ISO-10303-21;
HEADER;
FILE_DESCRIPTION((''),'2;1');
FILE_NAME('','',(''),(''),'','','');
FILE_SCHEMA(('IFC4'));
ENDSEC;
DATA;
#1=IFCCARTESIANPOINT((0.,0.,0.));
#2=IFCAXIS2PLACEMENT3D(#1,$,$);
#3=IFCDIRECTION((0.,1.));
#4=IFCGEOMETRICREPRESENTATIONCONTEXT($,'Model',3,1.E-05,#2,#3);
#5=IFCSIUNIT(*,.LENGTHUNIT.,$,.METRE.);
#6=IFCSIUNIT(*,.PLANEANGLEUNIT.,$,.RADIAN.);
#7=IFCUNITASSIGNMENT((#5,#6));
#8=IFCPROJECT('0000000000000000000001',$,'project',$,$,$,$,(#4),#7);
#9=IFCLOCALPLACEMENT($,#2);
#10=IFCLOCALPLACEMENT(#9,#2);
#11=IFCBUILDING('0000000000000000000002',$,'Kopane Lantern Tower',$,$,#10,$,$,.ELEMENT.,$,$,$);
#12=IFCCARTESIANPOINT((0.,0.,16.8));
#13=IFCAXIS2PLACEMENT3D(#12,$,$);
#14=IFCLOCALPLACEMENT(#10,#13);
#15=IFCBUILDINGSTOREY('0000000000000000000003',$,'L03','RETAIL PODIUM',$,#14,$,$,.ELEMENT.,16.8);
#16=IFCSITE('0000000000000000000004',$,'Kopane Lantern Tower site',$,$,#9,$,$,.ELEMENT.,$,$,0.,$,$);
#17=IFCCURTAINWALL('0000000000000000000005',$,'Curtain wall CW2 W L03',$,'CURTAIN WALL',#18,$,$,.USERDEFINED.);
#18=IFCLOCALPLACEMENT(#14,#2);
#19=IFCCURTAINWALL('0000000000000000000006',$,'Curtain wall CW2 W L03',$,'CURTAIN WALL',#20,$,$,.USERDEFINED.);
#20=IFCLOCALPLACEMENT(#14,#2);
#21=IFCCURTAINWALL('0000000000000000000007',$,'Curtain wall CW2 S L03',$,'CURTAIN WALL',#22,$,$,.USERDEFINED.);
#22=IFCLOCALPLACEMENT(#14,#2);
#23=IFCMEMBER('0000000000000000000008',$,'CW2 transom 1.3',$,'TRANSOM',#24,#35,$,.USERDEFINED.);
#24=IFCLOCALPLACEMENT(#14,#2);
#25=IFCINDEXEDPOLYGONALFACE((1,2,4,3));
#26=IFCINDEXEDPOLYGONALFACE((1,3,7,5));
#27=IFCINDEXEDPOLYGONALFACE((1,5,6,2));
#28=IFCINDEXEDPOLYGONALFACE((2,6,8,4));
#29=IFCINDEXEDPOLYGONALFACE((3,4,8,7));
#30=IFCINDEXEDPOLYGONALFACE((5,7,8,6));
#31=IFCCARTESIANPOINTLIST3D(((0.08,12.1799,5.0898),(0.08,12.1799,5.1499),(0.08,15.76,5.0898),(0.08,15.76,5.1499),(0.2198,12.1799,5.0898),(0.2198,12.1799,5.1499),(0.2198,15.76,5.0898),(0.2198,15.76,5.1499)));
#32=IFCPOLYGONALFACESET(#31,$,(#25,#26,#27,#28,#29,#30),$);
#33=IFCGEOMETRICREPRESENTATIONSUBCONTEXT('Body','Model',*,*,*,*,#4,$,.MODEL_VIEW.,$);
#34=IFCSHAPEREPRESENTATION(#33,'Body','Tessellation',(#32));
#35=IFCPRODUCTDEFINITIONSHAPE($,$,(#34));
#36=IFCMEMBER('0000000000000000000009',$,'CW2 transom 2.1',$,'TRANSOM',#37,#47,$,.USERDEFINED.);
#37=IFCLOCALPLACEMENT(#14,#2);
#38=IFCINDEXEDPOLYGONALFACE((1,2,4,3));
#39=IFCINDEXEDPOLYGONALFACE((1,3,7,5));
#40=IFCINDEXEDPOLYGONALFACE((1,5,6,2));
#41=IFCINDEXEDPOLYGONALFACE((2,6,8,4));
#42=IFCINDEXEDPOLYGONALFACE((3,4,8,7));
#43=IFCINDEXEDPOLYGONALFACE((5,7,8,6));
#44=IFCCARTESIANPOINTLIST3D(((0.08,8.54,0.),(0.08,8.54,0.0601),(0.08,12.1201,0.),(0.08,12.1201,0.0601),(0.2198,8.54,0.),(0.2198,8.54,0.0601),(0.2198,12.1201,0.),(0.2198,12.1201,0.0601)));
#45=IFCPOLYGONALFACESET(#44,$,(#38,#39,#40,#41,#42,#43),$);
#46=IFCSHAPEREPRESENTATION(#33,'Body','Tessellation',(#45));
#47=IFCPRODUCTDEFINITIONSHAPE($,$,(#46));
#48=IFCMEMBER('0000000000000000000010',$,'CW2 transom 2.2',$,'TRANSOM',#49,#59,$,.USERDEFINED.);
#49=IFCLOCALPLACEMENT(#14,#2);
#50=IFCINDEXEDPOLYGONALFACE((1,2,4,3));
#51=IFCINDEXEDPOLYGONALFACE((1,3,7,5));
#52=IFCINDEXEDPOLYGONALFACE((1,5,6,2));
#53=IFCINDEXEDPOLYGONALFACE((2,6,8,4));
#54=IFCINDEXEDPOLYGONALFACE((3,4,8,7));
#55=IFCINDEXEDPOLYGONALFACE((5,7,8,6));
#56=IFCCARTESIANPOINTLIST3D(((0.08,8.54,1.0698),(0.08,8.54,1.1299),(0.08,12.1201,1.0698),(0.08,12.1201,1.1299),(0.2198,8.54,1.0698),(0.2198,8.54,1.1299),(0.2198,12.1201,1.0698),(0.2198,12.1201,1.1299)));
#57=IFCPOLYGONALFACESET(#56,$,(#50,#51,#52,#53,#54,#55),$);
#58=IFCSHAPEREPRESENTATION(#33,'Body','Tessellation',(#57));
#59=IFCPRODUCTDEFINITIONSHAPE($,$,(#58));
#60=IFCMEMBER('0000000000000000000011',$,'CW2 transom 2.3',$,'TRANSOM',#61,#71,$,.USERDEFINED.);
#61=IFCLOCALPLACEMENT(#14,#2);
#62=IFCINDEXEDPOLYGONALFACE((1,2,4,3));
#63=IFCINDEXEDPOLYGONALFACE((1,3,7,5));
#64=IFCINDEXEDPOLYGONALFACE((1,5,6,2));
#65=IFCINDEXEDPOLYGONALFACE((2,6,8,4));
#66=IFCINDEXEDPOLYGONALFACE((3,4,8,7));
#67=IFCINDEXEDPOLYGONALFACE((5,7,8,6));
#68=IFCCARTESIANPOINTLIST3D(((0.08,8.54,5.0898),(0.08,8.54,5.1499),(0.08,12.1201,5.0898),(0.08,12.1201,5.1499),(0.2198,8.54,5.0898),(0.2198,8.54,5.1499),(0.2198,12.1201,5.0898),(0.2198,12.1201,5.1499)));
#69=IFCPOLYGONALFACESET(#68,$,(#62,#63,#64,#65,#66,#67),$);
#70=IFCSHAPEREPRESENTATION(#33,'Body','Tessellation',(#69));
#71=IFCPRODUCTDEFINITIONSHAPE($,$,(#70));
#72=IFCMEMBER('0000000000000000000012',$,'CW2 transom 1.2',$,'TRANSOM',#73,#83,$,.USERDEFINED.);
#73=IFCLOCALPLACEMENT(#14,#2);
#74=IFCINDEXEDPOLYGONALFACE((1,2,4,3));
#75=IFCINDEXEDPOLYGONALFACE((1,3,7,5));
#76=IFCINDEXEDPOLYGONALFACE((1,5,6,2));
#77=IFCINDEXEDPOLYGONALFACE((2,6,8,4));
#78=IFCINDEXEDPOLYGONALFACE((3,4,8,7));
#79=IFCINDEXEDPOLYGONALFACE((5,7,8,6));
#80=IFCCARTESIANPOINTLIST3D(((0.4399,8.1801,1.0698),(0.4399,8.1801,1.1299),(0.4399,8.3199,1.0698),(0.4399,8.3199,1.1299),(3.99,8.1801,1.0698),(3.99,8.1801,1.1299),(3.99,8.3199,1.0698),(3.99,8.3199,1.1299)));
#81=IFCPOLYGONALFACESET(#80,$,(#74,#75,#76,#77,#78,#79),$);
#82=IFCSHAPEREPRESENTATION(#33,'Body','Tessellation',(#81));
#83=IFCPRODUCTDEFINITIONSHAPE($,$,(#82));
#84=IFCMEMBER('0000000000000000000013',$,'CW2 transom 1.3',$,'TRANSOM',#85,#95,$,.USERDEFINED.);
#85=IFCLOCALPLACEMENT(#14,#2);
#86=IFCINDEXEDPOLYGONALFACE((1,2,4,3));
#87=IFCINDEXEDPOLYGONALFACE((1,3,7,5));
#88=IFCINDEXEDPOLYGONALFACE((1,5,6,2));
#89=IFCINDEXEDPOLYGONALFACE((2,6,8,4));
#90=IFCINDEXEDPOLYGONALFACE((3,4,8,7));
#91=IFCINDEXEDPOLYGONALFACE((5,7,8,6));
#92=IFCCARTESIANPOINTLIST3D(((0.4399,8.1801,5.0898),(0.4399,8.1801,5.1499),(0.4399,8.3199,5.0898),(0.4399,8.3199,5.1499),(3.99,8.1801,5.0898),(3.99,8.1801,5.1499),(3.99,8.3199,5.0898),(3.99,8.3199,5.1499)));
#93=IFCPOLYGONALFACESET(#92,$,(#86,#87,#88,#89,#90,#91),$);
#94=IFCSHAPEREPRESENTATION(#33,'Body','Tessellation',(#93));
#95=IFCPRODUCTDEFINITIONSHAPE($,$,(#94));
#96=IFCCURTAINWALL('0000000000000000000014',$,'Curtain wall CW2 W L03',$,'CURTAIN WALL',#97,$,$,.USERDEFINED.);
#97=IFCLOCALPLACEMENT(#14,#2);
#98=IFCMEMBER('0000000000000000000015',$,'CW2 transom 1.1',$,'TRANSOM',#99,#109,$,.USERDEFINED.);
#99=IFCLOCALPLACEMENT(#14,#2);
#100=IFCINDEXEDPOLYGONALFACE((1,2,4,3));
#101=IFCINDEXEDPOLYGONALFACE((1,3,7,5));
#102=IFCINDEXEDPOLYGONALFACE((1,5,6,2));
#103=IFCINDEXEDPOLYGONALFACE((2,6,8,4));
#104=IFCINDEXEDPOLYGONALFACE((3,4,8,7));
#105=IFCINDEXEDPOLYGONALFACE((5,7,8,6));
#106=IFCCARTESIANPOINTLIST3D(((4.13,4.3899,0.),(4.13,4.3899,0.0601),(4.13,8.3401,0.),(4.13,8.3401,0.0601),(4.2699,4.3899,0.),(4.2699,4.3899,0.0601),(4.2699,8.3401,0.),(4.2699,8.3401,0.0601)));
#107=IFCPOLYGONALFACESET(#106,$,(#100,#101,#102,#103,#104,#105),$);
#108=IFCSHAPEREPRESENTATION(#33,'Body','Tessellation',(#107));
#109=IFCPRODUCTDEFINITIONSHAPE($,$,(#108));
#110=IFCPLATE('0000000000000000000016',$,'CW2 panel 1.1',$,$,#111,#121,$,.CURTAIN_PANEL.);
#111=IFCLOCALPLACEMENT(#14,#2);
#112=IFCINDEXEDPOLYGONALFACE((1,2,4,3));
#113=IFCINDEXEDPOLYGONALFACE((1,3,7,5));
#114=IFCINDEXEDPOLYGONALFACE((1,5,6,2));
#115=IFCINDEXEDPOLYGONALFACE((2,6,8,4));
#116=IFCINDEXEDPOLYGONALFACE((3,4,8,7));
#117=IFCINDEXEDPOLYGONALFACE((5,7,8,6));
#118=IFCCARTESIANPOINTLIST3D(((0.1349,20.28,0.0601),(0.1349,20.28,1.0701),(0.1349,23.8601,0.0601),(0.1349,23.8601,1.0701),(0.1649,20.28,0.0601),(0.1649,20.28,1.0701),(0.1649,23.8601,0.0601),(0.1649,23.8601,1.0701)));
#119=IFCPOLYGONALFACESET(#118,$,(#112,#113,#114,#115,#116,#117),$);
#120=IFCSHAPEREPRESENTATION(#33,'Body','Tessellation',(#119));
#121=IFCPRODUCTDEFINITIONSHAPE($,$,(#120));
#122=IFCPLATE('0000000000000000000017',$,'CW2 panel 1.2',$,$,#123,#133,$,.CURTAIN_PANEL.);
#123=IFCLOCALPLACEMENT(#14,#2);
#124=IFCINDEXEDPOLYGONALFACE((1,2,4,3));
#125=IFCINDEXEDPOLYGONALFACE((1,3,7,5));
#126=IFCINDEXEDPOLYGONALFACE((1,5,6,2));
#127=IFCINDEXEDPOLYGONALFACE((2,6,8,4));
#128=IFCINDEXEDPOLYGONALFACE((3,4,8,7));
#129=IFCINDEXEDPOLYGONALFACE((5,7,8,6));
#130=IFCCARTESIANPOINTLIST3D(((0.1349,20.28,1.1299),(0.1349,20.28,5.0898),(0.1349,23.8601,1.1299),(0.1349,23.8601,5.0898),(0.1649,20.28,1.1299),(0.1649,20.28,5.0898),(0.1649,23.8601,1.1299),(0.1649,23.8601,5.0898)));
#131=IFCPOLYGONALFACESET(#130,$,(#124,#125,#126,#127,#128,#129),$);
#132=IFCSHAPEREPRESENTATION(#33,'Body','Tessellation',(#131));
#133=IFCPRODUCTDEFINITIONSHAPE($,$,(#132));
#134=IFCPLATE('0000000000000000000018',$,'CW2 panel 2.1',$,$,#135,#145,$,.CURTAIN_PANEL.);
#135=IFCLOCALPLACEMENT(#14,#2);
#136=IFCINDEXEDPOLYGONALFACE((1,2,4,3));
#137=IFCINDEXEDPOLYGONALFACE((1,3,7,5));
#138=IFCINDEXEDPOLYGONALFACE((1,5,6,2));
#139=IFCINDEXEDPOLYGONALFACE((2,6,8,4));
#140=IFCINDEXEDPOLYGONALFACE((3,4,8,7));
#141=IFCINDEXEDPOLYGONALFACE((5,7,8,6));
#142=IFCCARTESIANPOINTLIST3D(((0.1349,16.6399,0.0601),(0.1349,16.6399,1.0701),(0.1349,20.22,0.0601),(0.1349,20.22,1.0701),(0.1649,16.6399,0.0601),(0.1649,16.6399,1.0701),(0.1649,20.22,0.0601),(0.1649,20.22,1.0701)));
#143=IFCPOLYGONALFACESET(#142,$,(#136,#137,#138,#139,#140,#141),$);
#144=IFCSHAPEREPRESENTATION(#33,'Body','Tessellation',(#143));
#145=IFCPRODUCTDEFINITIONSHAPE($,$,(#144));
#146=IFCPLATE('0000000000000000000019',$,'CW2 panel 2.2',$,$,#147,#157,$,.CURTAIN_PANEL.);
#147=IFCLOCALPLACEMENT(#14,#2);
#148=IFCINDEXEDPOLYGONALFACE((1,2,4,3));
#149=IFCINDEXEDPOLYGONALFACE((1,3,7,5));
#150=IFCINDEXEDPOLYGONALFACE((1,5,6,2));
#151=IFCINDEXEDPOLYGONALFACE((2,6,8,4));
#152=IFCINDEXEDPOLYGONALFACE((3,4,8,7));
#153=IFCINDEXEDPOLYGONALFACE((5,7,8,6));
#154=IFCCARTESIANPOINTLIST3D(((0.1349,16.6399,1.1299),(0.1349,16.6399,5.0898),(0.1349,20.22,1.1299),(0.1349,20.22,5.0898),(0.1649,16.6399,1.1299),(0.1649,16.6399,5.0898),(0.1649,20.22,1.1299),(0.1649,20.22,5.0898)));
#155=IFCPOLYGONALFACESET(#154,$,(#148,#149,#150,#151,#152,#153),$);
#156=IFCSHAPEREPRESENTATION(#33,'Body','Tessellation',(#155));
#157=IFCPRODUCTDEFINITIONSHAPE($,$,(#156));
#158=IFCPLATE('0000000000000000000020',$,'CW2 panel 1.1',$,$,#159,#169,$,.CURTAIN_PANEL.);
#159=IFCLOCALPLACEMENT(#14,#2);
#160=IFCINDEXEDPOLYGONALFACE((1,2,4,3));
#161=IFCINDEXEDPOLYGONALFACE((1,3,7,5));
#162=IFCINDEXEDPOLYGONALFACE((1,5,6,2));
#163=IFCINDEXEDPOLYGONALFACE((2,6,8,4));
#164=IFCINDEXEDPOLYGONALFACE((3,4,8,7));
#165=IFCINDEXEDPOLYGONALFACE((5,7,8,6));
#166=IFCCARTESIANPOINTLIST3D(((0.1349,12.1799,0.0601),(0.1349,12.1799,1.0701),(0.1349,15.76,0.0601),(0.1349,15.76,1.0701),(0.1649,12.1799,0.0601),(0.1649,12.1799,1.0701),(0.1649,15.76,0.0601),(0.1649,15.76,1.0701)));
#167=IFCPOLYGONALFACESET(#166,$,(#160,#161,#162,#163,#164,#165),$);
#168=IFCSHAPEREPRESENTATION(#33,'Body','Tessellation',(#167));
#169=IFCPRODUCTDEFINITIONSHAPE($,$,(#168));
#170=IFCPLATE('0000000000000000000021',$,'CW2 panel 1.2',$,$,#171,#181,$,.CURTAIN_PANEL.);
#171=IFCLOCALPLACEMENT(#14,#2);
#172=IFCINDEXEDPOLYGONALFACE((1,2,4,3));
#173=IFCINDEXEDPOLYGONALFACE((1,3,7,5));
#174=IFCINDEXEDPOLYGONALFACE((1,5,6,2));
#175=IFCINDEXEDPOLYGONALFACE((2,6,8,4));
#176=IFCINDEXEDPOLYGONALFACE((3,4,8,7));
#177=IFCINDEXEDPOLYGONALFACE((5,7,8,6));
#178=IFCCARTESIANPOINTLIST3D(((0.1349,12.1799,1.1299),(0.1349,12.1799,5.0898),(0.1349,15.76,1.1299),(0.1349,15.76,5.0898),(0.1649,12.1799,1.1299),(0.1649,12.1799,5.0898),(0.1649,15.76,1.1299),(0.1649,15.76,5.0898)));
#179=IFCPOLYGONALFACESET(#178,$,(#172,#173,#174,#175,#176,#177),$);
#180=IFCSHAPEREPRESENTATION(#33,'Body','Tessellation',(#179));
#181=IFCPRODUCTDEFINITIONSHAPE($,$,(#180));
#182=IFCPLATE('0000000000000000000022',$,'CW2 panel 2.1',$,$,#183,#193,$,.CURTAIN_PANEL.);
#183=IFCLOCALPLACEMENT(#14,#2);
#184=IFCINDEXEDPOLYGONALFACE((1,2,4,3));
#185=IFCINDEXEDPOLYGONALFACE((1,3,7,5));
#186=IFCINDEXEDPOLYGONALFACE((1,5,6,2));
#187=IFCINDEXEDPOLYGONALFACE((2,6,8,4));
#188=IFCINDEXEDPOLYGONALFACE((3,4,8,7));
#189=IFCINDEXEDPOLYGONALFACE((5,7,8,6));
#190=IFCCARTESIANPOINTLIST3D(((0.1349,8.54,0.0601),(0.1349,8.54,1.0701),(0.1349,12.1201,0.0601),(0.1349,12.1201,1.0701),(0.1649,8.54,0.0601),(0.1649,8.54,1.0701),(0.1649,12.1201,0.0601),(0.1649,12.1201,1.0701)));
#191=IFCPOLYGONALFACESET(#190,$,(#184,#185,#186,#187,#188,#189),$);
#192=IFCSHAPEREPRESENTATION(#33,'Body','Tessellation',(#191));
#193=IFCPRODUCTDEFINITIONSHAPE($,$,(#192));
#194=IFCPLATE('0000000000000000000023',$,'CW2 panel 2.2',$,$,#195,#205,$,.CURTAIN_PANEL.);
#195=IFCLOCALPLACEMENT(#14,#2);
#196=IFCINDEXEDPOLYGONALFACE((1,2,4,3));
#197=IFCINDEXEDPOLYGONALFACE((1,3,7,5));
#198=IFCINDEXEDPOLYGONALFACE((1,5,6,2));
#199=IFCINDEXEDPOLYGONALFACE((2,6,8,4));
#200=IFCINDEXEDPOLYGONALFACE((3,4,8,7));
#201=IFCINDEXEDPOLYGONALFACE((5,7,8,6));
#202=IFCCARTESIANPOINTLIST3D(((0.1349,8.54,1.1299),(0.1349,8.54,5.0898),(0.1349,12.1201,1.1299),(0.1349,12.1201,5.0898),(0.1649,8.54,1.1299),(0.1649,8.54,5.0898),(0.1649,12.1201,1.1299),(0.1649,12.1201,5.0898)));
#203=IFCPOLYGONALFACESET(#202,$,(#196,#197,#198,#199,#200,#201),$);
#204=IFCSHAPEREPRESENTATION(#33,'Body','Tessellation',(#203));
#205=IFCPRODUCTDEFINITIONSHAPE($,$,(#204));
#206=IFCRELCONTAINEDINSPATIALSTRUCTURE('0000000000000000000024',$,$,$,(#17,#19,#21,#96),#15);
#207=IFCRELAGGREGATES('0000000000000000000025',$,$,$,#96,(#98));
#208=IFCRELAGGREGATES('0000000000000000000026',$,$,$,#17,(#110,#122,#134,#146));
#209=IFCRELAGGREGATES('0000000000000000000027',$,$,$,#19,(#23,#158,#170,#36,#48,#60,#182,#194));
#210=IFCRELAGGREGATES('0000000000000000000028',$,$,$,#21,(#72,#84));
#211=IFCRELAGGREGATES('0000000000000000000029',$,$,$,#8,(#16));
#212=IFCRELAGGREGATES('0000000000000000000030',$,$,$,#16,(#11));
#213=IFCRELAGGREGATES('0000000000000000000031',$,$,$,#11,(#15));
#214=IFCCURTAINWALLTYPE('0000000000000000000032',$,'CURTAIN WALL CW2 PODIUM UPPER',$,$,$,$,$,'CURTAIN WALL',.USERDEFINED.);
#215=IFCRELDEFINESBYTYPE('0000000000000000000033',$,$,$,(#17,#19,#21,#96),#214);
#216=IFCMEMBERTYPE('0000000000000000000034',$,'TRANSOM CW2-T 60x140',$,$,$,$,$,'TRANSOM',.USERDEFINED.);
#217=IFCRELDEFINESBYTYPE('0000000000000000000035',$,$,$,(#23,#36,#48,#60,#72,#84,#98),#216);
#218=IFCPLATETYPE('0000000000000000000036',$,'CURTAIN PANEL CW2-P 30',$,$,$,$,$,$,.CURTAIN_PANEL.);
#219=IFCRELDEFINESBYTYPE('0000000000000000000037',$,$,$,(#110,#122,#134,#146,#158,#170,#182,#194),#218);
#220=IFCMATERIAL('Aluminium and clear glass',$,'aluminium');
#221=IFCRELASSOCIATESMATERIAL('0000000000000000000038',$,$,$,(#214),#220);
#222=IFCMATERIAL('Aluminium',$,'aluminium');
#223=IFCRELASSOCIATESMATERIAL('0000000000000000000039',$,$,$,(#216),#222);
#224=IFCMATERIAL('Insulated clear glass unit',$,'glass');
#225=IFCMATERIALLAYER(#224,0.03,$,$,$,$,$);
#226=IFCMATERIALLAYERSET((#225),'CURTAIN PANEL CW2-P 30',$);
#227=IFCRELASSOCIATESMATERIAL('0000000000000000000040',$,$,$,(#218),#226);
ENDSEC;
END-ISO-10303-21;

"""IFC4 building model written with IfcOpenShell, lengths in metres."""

from ifc_helpers import new_model, si_unit, direction, frame, origin, origin_2d, place, context, subcontext, project, spatial, rectangle, extrude, material, layer, layer_set, material_profile, profile_set, type_object, element, aggregate, save


model = new_model("IFC4")

# Units and contexts
model_context = context("Model", 3, precision=1e-05, world=origin(), true_north=direction((0.0, 1.0)))
body_context = subcontext(model_context, "Body", "Model", "MODEL_VIEW")
ifc_project = project(units=[si_unit("LENGTHUNIT", "METRE"), si_unit("PLANEANGLEUNIT", "RADIAN")], contexts=[model_context])

# Site, building, storey
site_placement = place(None, origin())
site = spatial("IfcSite", under=ifc_project, at=site_placement, Name="Kopane Lantern Tower site", CompositionType="ELEMENT", RefElevation=0.0)
building_placement = place(site_placement, origin())
building = spatial("IfcBuilding", under=site, at=building_placement, Name="Kopane Lantern Tower", CompositionType="ELEMENT")
storey_placement = place(building_placement, frame((0.0, 0.0, 16.8)))
storey = spatial("IfcBuildingStorey", under=building, at=storey_placement, Name="L03", Description="RETAIL PODIUM", CompositionType="ELEMENT", Elevation=16.8)

# Curtain walls
ifc_material_1 = material(Name="Aluminium and clear glass", Category="aluminium")
curtain_wall_type = type_object("IfcCurtainWallType", Name="CURTAIN WALL CW2 PODIUM UPPER", ElementType="CURTAIN WALL", PredefinedType="USERDEFINED", material=ifc_material_1)
curtain_wall_1_placement = place(storey_placement, origin())
curtain_wall_1 = element("IfcCurtainWall", 1, at=curtain_wall_1_placement, inside=storey, type_object=curtain_wall_type, Name="Curtain wall CW2 W L03", ObjectType="CURTAIN WALL", PredefinedType="USERDEFINED")
curtain_wall_2_placement = place(storey_placement, origin())
curtain_wall_2 = element("IfcCurtainWall", 2, at=curtain_wall_2_placement, inside=storey, type_object=curtain_wall_type, Name="Curtain wall CW2 W L03", ObjectType="CURTAIN WALL", PredefinedType="USERDEFINED")

# Curtain wall
curtain_wall_3_placement = place(storey_placement, origin())
curtain_wall_3 = element("IfcCurtainWall", 3, at=curtain_wall_3_placement, inside=storey, type_object=curtain_wall_type, Name="Curtain wall CW2 S L03", ObjectType="CURTAIN WALL", PredefinedType="USERDEFINED")

# Members
ifc_material_2 = material(Name="Aluminium", Category="aluminium")
ifc_material_profile_1 = material_profile(ifc_material_2, rectangle(XDim=0.1399, YDim=0.0601, at=origin_2d()), Name="AL 140x60")
ifc_profile_set_1 = profile_set([ifc_material_profile_1], Name="Aluminium")
member_type_1 = type_object("IfcMemberType", Name="TRANSOM CW2-T 60x140", ElementType="TRANSOM", PredefinedType="USERDEFINED", material=ifc_profile_set_1)
member_1_placement = place(storey_placement, frame((0.1499, 15.76, 5.1199), z_axis=(0.0, -1.0, 0.0), x_axis=(1.0, 0.0, 0.0)))
member_1 = element("IfcMember", 4, at=member_1_placement, type_object=member_type_1, Name="CW2 transom 1.3", ObjectType="TRANSOM", PredefinedType="USERDEFINED", context=body_context, shape_type="SweptSolid", body=[
    extrude(rectangle(XDim=0.1399, YDim=0.0601, at=origin_2d()), origin(), (0.0, 0.0, 1.0), 3.5801),
])
member_2_placement = place(storey_placement, frame((0.1499, 12.1201, 0.03), z_axis=(0.0, -1.0, 0.0), x_axis=(1.0, 0.0, 0.0)))
member_2 = element("IfcMember", 5, at=member_2_placement, type_object=member_type_1, Name="CW2 transom 2.1", ObjectType="TRANSOM", PredefinedType="USERDEFINED", context=body_context, shape_type="SweptSolid", body=[
    extrude(rectangle(XDim=0.1399, YDim=0.0601, at=origin_2d()), origin(), (0.0, 0.0, 1.0), 3.5801),
])
member_3_placement = place(storey_placement, frame((0.1499, 12.1201, 1.0999), z_axis=(0.0, -1.0, 0.0), x_axis=(1.0, 0.0, 0.0)))
member_3 = element("IfcMember", 6, at=member_3_placement, type_object=member_type_1, Name="CW2 transom 2.2", ObjectType="TRANSOM", PredefinedType="USERDEFINED", context=body_context, shape_type="SweptSolid", body=[
    extrude(rectangle(XDim=0.1399, YDim=0.0601, at=origin_2d()), origin(), (0.0, 0.0, 1.0), 3.5801),
])
member_4_placement = place(storey_placement, frame((0.1499, 12.1201, 5.1199), z_axis=(0.0, -1.0, 0.0), x_axis=(1.0, 0.0, 0.0)))
member_4 = element("IfcMember", 7, at=member_4_placement, type_object=member_type_1, Name="CW2 transom 2.3", ObjectType="TRANSOM", PredefinedType="USERDEFINED", context=body_context, shape_type="SweptSolid", body=[
    extrude(rectangle(XDim=0.1399, YDim=0.0601, at=origin_2d()), origin(), (0.0, 0.0, 1.0), 3.5801),
])
member_5_placement = place(storey_placement, frame((0.4399, 8.25, 1.0999), z_axis=(1.0, 0.0, 0.0), x_axis=(0.0, 1.0, 0.0)))
member_5 = element("IfcMember", 8, at=member_5_placement, type_object=member_type_1, Name="CW2 transom 1.2", ObjectType="TRANSOM", PredefinedType="USERDEFINED", context=body_context, shape_type="SweptSolid", body=[
    extrude(rectangle(XDim=0.1399, YDim=0.0601, at=origin_2d()), origin(), (0.0, 0.0, 1.0), 3.55),
])
member_6_placement = place(storey_placement, frame((0.4399, 8.25, 5.1199), z_axis=(1.0, 0.0, 0.0), x_axis=(0.0, 1.0, 0.0)))
member_6 = element("IfcMember", 9, at=member_6_placement, type_object=member_type_1, Name="CW2 transom 1.3", ObjectType="TRANSOM", PredefinedType="USERDEFINED", context=body_context, shape_type="SweptSolid", body=[
    extrude(rectangle(XDim=0.1399, YDim=0.0601, at=origin_2d()), origin(), (0.0, 0.0, 1.0), 3.55),
])

# Curtain wall, member
curtain_wall_4_placement = place(storey_placement, origin())
curtain_wall_4 = element("IfcCurtainWall", 10, at=curtain_wall_4_placement, inside=storey, type_object=curtain_wall_type, Name="Curtain wall CW2 W L03", ObjectType="CURTAIN WALL", PredefinedType="USERDEFINED")
member_7_placement = place(storey_placement, frame((4.2, 8.3401, 0.03), z_axis=(0.0, -1.0, 0.0), x_axis=(1.0, 0.0, 0.0)))
member_7 = element("IfcMember", 11, at=member_7_placement, type_object=member_type_1, Name="CW2 transom 1.1", ObjectType="TRANSOM", PredefinedType="USERDEFINED", context=body_context, shape_type="SweptSolid", body=[
    extrude(rectangle(XDim=0.1399, YDim=0.0601, at=origin_2d()), origin(), (0.0, 0.0, 1.0), 3.9502),
])
aggregate(curtain_wall_4, [member_7])

# Plates
ifc_material_3 = material(Name="Insulated clear glass unit", Category="glass")
ifc_layer = layer(ifc_material_3, 0.03)
ifc_layer_set = layer_set([ifc_layer], Name="CURTAIN PANEL CW2-P 30")
plate_type = type_object("IfcPlateType", Name="CURTAIN PANEL CW2-P 30", PredefinedType="CURTAIN_PANEL", material=ifc_layer_set)
plate_1_placement = place(storey_placement, frame((0.1499, 22.0701, 0.0601), z_axis=(0.0, 0.0, 1.0), x_axis=(0.0, -1.0, 0.0)))
plate_1 = element("IfcPlate", 12, at=plate_1_placement, type_object=plate_type, Name="CW2 panel 1.1", PredefinedType="CURTAIN_PANEL", context=body_context, shape_type="SweptSolid", body=[
    extrude(rectangle(XDim=3.5801, YDim=0.03, at=origin_2d()), origin(), (0.0, 0.0, 1.0), 1.01),
])
plate_2_placement = place(storey_placement, frame((0.1499, 22.0701, 1.1299), z_axis=(0.0, 0.0, 1.0), x_axis=(0.0, -1.0, 0.0)))
plate_2 = element("IfcPlate", 13, at=plate_2_placement, type_object=plate_type, Name="CW2 panel 1.2", PredefinedType="CURTAIN_PANEL", context=body_context, shape_type="SweptSolid", body=[
    extrude(rectangle(XDim=3.5801, YDim=0.03, at=origin_2d()), origin(), (0.0, 0.0, 1.0), 3.96),
])
plate_3_placement = place(storey_placement, frame((0.1499, 18.4299, 0.0601), z_axis=(0.0, 0.0, 1.0), x_axis=(0.0, -1.0, 0.0)))
plate_3 = element("IfcPlate", 14, at=plate_3_placement, type_object=plate_type, Name="CW2 panel 2.1", PredefinedType="CURTAIN_PANEL", context=body_context, shape_type="SweptSolid", body=[
    extrude(rectangle(XDim=3.5801, YDim=0.03, at=origin_2d()), origin(), (0.0, 0.0, 1.0), 1.01),
])
plate_4_placement = place(storey_placement, frame((0.1499, 18.4299, 1.1299), z_axis=(0.0, 0.0, 1.0), x_axis=(0.0, -1.0, 0.0)))
plate_4 = element("IfcPlate", 15, at=plate_4_placement, type_object=plate_type, Name="CW2 panel 2.2", PredefinedType="CURTAIN_PANEL", context=body_context, shape_type="SweptSolid", body=[
    extrude(rectangle(XDim=3.5801, YDim=0.03, at=origin_2d()), origin(), (0.0, 0.0, 1.0), 3.96),
])
aggregate(curtain_wall_1, [plate_1, plate_2, plate_3, plate_4])
plate_5_placement = place(storey_placement, frame((0.1499, 13.97, 0.0601), z_axis=(0.0, 0.0, 1.0), x_axis=(0.0, -1.0, 0.0)))
plate_5 = element("IfcPlate", 16, at=plate_5_placement, type_object=plate_type, Name="CW2 panel 1.1", PredefinedType="CURTAIN_PANEL", context=body_context, shape_type="SweptSolid", body=[
    extrude(rectangle(XDim=3.5801, YDim=0.03, at=origin_2d()), origin(), (0.0, 0.0, 1.0), 1.01),
])
plate_6_placement = place(storey_placement, frame((0.1499, 13.97, 1.1299), z_axis=(0.0, 0.0, 1.0), x_axis=(0.0, -1.0, 0.0)))
plate_6 = element("IfcPlate", 17, at=plate_6_placement, type_object=plate_type, Name="CW2 panel 1.2", PredefinedType="CURTAIN_PANEL", context=body_context, shape_type="SweptSolid", body=[
    extrude(rectangle(XDim=3.5801, YDim=0.03, at=origin_2d()), origin(), (0.0, 0.0, 1.0), 3.96),
])
plate_7_placement = place(storey_placement, frame((0.1499, 10.3301, 0.0601), z_axis=(0.0, 0.0, 1.0), x_axis=(0.0, -1.0, 0.0)))
plate_7 = element("IfcPlate", 18, at=plate_7_placement, type_object=plate_type, Name="CW2 panel 2.1", PredefinedType="CURTAIN_PANEL", context=body_context, shape_type="SweptSolid", body=[
    extrude(rectangle(XDim=3.5801, YDim=0.03, at=origin_2d()), origin(), (0.0, 0.0, 1.0), 1.01),
])
plate_8_placement = place(storey_placement, frame((0.1499, 10.3301, 1.1299), z_axis=(0.0, 0.0, 1.0), x_axis=(0.0, -1.0, 0.0)))
plate_8 = element("IfcPlate", 19, at=plate_8_placement, type_object=plate_type, Name="CW2 panel 2.2", PredefinedType="CURTAIN_PANEL", context=body_context, shape_type="SweptSolid", body=[
    extrude(rectangle(XDim=3.5801, YDim=0.03, at=origin_2d()), origin(), (0.0, 0.0, 1.0), 3.96),
])
aggregate(curtain_wall_2, [member_1, plate_5, plate_6, member_2, member_3, member_4, plate_7, plate_8])
aggregate(curtain_wall_3, [member_5, member_6])

save(model, "model.ifc")
